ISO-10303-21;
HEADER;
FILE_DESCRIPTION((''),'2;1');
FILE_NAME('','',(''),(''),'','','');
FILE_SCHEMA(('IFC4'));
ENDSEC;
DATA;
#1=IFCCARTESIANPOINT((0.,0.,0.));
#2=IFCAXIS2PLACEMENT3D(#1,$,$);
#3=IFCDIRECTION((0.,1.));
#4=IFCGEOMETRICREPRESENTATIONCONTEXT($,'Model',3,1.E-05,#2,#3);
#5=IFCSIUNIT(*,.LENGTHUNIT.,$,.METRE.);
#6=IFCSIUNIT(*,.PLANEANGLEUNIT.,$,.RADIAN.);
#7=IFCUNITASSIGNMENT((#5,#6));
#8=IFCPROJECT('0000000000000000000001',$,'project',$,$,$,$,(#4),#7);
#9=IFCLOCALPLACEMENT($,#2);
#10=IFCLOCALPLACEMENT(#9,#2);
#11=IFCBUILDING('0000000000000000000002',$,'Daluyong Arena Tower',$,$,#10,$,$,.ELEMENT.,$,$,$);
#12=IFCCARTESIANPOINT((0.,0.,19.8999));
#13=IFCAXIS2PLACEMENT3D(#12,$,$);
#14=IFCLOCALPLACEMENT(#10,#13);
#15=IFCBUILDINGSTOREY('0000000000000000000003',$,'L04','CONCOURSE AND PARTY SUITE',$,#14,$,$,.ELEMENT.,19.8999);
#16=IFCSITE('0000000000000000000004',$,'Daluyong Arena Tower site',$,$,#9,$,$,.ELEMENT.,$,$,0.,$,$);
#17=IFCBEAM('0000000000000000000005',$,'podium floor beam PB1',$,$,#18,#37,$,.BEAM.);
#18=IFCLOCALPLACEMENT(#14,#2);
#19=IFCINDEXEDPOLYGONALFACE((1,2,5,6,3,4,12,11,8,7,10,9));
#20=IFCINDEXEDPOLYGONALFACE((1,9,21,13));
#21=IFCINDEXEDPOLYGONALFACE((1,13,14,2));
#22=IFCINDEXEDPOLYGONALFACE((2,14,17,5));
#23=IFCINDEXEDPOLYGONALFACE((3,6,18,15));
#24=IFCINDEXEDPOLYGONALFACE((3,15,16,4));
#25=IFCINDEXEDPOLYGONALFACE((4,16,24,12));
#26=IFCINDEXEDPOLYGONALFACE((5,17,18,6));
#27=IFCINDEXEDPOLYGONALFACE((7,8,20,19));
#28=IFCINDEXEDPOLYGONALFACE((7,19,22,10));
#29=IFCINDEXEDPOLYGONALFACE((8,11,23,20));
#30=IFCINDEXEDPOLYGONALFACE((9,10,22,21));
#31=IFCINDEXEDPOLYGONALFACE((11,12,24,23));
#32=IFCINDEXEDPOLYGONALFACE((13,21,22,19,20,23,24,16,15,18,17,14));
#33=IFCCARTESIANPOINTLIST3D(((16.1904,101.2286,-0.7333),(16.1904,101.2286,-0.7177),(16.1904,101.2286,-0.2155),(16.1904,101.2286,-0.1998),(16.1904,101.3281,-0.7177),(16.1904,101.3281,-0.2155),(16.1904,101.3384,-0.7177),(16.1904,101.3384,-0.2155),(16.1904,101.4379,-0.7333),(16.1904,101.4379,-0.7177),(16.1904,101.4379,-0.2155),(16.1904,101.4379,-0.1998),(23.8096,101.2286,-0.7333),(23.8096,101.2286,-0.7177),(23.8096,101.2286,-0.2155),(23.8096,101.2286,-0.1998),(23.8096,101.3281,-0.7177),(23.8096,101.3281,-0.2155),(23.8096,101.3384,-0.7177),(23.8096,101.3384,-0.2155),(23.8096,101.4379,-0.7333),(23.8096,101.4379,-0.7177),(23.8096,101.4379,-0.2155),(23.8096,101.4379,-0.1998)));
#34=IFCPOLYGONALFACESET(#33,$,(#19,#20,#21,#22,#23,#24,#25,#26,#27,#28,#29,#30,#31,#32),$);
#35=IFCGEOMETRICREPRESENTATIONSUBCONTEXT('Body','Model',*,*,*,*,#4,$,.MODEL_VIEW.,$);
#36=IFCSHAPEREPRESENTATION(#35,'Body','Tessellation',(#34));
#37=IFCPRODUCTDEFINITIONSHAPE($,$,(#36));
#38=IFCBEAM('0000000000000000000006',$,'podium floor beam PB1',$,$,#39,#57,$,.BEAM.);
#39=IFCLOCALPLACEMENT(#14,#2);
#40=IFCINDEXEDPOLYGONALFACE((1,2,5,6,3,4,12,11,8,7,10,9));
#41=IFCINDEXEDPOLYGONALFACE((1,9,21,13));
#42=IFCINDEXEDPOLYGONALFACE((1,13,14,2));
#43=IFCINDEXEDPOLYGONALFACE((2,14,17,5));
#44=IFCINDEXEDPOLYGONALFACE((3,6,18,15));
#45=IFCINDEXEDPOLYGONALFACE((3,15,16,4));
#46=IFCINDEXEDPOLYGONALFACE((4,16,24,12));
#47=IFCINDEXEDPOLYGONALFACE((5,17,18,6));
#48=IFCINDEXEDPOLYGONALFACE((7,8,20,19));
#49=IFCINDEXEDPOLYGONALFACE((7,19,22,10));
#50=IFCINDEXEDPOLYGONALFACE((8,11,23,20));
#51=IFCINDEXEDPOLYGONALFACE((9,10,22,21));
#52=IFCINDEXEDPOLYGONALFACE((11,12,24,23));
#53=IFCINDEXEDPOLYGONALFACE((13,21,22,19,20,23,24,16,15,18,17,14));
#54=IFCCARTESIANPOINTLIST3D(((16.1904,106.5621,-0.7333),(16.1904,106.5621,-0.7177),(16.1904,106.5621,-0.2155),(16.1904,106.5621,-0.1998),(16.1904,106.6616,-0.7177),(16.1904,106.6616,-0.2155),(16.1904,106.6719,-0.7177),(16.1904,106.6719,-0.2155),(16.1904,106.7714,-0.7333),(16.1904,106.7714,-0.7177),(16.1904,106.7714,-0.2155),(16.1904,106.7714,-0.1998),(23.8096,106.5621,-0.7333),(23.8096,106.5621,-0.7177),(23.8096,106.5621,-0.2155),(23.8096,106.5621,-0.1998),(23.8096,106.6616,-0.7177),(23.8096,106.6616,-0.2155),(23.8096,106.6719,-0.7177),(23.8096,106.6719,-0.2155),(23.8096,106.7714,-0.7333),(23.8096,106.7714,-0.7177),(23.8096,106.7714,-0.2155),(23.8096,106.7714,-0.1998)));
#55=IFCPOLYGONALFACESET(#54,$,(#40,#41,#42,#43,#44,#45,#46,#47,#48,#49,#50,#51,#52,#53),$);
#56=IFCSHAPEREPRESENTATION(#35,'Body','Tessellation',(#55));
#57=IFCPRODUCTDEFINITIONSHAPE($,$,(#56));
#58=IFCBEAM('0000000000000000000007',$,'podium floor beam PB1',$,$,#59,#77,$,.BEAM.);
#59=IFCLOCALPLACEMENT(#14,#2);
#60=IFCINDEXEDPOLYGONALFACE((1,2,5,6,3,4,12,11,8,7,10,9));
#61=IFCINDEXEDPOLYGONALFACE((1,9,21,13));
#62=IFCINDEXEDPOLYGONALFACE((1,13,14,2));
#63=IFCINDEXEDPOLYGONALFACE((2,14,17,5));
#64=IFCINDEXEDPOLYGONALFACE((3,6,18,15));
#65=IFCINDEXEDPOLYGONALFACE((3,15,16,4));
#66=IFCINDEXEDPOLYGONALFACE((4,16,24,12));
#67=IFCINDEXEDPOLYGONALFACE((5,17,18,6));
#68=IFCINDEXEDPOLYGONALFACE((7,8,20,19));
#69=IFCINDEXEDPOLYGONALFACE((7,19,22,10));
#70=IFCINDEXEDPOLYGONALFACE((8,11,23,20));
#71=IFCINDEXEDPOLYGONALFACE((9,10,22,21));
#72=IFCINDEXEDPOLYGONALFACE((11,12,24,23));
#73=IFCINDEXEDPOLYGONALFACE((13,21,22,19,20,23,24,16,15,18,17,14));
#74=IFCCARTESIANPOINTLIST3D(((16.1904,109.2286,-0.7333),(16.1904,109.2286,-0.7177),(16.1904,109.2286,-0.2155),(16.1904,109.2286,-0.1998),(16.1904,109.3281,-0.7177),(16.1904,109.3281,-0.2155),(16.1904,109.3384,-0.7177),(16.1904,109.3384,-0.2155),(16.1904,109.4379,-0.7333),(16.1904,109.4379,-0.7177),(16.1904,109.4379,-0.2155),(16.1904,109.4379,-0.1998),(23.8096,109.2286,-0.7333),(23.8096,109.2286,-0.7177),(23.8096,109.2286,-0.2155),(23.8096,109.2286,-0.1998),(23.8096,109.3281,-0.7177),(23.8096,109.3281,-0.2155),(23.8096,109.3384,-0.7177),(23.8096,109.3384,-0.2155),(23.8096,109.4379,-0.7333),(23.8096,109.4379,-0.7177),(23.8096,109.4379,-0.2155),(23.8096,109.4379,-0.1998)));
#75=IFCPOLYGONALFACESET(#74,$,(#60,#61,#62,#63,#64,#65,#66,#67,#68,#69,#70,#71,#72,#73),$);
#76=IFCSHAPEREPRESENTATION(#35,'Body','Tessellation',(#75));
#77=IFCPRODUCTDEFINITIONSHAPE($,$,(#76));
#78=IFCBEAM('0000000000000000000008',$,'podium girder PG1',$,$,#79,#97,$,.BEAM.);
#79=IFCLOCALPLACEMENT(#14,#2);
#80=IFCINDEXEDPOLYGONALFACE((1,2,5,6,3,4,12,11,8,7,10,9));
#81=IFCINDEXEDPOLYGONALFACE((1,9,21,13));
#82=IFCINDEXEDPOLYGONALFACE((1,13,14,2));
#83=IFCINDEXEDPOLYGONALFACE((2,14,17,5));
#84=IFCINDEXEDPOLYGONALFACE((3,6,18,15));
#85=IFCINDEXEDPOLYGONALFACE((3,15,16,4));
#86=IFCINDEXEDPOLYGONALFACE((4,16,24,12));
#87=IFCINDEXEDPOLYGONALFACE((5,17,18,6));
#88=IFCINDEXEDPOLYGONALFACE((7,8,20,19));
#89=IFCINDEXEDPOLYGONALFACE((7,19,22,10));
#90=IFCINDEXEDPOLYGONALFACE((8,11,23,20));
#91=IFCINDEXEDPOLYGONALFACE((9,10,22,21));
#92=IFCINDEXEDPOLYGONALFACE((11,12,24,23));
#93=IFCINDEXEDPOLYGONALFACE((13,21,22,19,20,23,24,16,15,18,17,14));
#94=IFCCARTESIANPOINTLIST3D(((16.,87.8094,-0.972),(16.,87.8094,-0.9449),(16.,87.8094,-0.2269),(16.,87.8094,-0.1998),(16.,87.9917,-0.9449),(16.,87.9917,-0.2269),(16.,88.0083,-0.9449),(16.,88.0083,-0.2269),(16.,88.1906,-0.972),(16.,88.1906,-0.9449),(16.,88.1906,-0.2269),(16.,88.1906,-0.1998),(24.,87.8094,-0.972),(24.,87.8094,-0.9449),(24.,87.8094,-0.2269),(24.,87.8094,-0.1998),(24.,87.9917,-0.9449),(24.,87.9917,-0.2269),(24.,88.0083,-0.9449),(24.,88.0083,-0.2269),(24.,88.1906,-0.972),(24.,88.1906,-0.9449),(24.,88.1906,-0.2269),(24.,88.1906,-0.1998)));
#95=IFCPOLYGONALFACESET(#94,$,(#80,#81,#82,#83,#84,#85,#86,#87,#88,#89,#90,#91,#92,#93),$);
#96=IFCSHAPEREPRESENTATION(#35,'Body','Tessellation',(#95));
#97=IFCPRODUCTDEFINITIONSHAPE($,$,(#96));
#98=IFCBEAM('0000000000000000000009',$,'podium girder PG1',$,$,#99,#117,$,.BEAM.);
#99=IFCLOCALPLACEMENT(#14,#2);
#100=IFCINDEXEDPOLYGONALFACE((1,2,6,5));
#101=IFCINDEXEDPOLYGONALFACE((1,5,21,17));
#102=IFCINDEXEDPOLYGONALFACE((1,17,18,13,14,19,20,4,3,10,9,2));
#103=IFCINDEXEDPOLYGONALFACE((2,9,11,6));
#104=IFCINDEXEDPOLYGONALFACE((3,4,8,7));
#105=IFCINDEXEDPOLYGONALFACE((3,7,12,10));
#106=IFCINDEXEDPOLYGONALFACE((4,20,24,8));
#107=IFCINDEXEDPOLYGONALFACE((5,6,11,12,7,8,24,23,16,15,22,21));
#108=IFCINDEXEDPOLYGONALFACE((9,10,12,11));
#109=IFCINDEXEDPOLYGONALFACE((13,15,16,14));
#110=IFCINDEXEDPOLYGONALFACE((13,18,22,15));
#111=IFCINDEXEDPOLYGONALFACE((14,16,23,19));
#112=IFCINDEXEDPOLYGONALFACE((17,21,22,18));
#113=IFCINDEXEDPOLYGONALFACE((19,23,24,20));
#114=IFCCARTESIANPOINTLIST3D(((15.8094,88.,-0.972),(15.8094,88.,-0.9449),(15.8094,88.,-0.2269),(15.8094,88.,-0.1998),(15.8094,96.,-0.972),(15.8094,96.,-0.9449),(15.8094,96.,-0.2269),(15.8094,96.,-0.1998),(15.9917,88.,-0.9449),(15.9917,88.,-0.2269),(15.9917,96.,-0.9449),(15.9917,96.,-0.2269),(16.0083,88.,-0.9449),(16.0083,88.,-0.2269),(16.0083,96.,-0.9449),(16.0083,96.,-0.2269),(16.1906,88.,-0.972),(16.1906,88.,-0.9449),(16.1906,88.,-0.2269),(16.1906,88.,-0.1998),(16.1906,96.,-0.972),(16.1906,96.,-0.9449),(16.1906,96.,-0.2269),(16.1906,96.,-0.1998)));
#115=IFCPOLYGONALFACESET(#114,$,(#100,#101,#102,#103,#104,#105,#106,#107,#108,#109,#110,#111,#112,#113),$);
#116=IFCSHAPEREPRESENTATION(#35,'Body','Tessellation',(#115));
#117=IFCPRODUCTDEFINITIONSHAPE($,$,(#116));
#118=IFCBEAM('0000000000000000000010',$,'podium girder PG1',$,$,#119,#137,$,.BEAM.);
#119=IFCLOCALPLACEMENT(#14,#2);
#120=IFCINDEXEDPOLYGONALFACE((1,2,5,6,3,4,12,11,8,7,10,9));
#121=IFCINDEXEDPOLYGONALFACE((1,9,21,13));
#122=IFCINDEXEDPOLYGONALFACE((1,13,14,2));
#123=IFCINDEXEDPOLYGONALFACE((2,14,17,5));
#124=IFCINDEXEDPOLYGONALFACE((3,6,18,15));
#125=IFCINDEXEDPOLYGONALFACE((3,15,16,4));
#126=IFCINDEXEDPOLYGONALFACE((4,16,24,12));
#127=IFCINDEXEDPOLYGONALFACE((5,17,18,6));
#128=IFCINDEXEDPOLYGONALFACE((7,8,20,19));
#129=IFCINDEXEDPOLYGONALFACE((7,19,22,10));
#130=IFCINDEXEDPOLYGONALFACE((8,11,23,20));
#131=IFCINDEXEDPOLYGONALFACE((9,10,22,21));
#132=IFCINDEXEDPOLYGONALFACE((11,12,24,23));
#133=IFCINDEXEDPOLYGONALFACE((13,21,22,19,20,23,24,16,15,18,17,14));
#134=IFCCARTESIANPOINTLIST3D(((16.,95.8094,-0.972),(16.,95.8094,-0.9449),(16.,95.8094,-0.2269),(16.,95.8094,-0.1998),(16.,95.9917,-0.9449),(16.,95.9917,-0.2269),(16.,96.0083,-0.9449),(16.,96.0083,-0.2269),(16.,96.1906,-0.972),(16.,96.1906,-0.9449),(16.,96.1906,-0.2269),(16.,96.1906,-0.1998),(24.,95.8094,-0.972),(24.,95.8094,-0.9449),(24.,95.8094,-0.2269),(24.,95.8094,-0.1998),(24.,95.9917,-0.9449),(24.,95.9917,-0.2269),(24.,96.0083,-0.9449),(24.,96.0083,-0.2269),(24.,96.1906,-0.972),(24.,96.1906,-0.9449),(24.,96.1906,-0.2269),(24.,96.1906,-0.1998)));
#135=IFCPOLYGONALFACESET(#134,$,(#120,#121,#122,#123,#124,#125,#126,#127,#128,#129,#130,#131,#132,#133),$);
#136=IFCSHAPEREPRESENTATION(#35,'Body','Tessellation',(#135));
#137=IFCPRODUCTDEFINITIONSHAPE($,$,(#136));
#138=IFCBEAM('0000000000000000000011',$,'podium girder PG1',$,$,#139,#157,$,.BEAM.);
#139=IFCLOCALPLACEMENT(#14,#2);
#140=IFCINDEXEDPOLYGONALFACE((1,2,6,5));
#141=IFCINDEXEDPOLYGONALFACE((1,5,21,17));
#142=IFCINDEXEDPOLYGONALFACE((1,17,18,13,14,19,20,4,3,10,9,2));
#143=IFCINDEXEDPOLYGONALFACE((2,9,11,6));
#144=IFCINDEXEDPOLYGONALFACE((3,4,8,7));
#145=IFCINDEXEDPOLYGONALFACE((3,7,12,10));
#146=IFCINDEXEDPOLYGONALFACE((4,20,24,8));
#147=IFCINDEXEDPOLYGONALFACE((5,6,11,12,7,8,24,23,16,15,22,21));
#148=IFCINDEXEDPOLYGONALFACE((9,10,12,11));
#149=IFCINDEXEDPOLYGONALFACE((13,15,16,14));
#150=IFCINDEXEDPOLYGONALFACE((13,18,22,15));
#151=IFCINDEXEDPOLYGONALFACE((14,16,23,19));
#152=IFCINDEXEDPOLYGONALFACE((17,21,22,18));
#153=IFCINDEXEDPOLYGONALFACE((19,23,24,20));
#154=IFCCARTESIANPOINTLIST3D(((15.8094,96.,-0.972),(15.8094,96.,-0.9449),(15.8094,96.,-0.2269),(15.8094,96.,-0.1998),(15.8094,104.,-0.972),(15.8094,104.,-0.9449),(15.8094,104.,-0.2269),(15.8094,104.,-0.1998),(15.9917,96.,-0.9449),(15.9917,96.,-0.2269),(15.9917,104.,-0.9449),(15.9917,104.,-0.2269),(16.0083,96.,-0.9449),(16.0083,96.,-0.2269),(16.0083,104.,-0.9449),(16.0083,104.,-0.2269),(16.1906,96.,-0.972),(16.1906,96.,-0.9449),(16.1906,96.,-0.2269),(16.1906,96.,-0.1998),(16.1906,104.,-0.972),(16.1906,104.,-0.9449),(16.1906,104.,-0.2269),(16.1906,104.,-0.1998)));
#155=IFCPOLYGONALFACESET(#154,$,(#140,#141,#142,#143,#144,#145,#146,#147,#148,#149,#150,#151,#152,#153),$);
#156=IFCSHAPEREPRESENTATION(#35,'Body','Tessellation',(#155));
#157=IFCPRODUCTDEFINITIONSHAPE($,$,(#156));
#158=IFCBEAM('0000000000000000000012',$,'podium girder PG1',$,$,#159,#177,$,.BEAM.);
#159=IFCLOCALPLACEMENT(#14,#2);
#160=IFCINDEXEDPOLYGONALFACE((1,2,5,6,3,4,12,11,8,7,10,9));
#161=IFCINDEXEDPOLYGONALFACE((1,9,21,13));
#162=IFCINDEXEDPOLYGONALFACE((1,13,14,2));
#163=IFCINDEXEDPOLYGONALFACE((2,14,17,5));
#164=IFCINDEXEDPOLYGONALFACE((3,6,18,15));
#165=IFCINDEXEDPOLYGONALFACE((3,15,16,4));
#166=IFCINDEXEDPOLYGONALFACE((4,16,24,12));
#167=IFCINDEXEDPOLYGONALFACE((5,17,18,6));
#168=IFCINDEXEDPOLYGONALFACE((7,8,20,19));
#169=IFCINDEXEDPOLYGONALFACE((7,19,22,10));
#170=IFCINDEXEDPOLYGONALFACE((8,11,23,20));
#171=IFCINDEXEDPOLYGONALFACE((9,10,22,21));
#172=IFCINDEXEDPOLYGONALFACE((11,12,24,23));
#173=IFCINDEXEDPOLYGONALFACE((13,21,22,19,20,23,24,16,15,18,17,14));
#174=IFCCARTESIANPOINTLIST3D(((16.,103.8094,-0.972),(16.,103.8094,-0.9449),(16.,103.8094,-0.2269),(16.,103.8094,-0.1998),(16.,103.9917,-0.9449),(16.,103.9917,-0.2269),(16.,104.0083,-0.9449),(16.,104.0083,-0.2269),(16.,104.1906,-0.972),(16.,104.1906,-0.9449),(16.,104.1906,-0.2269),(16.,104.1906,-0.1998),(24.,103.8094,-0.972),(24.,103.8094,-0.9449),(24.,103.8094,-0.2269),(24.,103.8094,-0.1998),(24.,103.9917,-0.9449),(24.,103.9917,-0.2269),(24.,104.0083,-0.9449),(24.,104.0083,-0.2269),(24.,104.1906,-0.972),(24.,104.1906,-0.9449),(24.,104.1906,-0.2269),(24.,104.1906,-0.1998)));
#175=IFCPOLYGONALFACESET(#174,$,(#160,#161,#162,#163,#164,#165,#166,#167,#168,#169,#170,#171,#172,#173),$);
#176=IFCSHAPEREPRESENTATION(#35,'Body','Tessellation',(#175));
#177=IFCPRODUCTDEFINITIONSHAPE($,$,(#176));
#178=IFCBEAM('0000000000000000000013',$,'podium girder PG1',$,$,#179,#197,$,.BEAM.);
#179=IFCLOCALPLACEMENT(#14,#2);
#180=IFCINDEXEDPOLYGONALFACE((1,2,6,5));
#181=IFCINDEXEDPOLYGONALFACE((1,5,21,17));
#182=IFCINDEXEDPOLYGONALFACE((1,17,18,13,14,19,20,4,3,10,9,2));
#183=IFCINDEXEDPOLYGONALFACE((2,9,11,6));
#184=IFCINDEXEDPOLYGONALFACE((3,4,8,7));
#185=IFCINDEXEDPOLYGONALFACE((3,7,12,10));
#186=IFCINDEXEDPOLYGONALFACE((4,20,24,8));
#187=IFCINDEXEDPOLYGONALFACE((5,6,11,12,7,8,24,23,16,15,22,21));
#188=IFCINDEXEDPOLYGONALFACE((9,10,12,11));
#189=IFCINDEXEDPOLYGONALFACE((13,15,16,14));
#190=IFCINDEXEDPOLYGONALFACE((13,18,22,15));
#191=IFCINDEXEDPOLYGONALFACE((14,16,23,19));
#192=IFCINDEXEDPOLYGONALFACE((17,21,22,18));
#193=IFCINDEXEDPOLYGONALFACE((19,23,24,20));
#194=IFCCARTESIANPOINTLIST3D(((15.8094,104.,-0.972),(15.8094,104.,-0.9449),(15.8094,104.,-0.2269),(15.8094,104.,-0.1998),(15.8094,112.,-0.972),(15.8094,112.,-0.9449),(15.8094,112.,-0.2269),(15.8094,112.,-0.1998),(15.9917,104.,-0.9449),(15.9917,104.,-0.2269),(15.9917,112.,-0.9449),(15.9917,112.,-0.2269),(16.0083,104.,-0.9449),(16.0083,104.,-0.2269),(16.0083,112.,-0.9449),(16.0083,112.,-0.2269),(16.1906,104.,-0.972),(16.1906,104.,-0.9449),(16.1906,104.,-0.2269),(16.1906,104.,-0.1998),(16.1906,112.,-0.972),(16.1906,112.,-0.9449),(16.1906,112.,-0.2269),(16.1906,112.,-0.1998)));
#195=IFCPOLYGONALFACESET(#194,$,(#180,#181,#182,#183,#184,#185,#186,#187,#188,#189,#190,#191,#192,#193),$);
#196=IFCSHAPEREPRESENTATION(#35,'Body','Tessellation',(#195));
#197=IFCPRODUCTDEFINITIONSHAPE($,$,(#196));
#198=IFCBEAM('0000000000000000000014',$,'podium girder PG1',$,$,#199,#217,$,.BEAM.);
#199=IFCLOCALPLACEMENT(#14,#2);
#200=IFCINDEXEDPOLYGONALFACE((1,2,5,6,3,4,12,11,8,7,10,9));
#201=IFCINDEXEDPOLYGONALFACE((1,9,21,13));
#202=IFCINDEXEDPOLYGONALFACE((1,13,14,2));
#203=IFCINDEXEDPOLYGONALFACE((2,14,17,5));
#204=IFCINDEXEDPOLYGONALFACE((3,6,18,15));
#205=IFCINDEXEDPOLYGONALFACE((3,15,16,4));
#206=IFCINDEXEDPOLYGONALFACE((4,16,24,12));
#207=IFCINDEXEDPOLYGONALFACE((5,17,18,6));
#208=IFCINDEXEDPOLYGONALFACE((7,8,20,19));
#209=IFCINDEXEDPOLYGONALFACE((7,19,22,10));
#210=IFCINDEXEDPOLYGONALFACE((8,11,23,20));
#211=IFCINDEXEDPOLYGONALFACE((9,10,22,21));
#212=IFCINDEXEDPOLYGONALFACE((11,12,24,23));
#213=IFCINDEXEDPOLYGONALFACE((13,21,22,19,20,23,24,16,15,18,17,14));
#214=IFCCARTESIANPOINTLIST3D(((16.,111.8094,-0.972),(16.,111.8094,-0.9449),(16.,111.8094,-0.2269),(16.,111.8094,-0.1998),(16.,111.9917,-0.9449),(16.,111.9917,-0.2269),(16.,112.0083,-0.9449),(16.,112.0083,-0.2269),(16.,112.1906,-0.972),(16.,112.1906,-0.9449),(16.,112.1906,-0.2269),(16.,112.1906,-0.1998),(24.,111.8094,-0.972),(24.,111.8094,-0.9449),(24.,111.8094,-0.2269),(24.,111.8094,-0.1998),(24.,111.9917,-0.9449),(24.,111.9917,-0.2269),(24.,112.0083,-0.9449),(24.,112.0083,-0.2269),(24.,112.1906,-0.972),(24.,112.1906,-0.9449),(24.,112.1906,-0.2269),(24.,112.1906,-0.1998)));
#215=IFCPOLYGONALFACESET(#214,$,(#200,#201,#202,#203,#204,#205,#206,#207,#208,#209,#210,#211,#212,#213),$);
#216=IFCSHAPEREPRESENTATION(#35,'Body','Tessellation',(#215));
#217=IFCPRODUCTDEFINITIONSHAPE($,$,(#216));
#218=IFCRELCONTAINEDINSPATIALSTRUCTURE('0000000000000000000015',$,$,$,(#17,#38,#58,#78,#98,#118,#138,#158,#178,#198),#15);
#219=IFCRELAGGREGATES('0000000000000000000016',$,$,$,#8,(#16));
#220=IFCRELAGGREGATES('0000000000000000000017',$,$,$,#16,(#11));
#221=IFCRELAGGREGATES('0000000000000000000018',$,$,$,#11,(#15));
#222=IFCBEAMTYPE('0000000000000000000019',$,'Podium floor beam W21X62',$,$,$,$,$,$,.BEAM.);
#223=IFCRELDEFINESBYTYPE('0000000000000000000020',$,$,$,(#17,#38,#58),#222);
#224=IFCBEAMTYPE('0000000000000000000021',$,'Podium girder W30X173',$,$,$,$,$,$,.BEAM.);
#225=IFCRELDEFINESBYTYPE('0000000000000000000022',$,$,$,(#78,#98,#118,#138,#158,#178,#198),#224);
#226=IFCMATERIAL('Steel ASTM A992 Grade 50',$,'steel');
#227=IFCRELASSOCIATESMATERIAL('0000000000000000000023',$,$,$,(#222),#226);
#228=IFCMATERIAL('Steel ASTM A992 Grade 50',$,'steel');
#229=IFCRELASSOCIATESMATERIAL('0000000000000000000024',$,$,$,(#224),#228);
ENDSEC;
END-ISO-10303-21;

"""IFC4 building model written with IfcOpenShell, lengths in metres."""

from ifc_helpers import new_model, si_unit, direction, frame, origin, origin_2d, place, context, subcontext, project, spatial, i_section, extrude, material, material_profile, profile_set, type_object, element, save


model = new_model("IFC4")

# Units and contexts
model_context = context("Model", 3, precision=1e-05, world=origin(), true_north=direction((0.0, 1.0)))
body_context = subcontext(model_context, "Body", "Model", "MODEL_VIEW")
ifc_project = project(units=[si_unit("LENGTHUNIT", "METRE"), si_unit("PLANEANGLEUNIT", "RADIAN")], contexts=[model_context])

# Site, building, storey
site_placement = place(None, origin())
site = spatial("IfcSite", under=ifc_project, at=site_placement, Name="Daluyong Arena Tower site", CompositionType="ELEMENT", RefElevation=0.0)
building_placement = place(site_placement, origin())
building = spatial("IfcBuilding", under=site, at=building_placement, Name="Daluyong Arena Tower", CompositionType="ELEMENT")
storey_placement = place(building_placement, frame((0.0, 0.0, 19.8999)))
storey = spatial("IfcBuildingStorey", under=building, at=storey_placement, Name="L04", Description="CONCOURSE AND PARTY SUITE", CompositionType="ELEMENT", Elevation=19.8999)

# Beams
ifc_material_1 = material(Name="Steel ASTM A992 Grade 50", Category="steel")
ifc_material_profile_1 = material_profile(ifc_material_1, i_section(OverallWidth=0.2092, OverallDepth=0.5334, WebThickness=0.0103, FlangeThickness=0.0156, at=origin_2d()))
ifc_profile_set_1 = profile_set([ifc_material_profile_1], Name="Steel ASTM A992 Grade 50")
beam_type_1 = type_object("IfcBeamType", Name="Podium floor beam W21X62", PredefinedType="BEAM", material=ifc_profile_set_1)
for number, where, z_axis, x_axis, name in (
    (1, (16.1904, 101.3333, -0.4666), (1.0, 0.0, 0.0), (0.0, 1.0, 0.0), "podium floor beam PB1"),
    (2, (16.1904, 106.6667, -0.4666), (1.0, 0.0, 0.0), (0.0, 1.0, 0.0), "podium floor beam PB1"),
    (3, (16.1904, 109.3333, -0.4666), (1.0, 0.0, 0.0), (0.0, 1.0, 0.0), "podium floor beam PB1"),
):
    element("IfcBeam", number, at=place(storey_placement, frame(where, z_axis=z_axis, x_axis=x_axis)), inside=storey, type_object=beam_type_1, Name=name, PredefinedType="BEAM", context=body_context, shape_type="SweptSolid", body=[
        extrude(i_section(OverallWidth=0.2092, OverallDepth=0.5334, WebThickness=0.0103, FlangeThickness=0.0156, at=origin_2d()), origin(), (0.0, 0.0, 1.0), 7.6191),
    ])
ifc_material_2 = material(Name="Steel ASTM A992 Grade 50", Category="steel")
ifc_material_profile_2 = material_profile(ifc_material_2, i_section(OverallWidth=0.3811, OverallDepth=0.7722, WebThickness=0.0166, FlangeThickness=0.0271, at=origin_2d()))
ifc_profile_set_2 = profile_set([ifc_material_profile_2], Name="Steel ASTM A992 Grade 50")
beam_type_2 = type_object("IfcBeamType", Name="Podium girder W30X173", PredefinedType="BEAM", material=ifc_profile_set_2)
for number, where, z_axis, x_axis, name in (
    (4, (16.0, 88.0, -0.5859), (1.0, 0.0, 0.0), (0.0, 1.0, 0.0), "podium girder PG1"),
    (5, (16.0, 88.0, -0.5859), (0.0, 1.0, 0.0), (-1.0, 0.0, 0.0), "podium girder PG1"),
    (6, (16.0, 96.0, -0.5859), (1.0, 0.0, 0.0), (0.0, 1.0, 0.0), "podium girder PG1"),
    (7, (16.0, 96.0, -0.5859), (0.0, 1.0, 0.0), (-1.0, 0.0, 0.0), "podium girder PG1"),
    (8, (16.0, 104.0, -0.5859), (1.0, 0.0, 0.0), (0.0, 1.0, 0.0), "podium girder PG1"),
    (9, (16.0, 104.0, -0.5859), (0.0, 1.0, 0.0), (-1.0, 0.0, 0.0), "podium girder PG1"),
    (10, (16.0, 112.0, -0.5859), (1.0, 0.0, 0.0), (0.0, 1.0, 0.0), "podium girder PG1"),
):
    element("IfcBeam", number, at=place(storey_placement, frame(where, z_axis=z_axis, x_axis=x_axis)), inside=storey, type_object=beam_type_2, Name=name, PredefinedType="BEAM", context=body_context, shape_type="SweptSolid", body=[
        extrude(i_section(OverallWidth=0.3811, OverallDepth=0.7722, WebThickness=0.0166, FlangeThickness=0.0271, at=origin_2d()), origin(), (0.0, 0.0, 1.0), 8.0),
    ])

save(model, "model.ifc")
